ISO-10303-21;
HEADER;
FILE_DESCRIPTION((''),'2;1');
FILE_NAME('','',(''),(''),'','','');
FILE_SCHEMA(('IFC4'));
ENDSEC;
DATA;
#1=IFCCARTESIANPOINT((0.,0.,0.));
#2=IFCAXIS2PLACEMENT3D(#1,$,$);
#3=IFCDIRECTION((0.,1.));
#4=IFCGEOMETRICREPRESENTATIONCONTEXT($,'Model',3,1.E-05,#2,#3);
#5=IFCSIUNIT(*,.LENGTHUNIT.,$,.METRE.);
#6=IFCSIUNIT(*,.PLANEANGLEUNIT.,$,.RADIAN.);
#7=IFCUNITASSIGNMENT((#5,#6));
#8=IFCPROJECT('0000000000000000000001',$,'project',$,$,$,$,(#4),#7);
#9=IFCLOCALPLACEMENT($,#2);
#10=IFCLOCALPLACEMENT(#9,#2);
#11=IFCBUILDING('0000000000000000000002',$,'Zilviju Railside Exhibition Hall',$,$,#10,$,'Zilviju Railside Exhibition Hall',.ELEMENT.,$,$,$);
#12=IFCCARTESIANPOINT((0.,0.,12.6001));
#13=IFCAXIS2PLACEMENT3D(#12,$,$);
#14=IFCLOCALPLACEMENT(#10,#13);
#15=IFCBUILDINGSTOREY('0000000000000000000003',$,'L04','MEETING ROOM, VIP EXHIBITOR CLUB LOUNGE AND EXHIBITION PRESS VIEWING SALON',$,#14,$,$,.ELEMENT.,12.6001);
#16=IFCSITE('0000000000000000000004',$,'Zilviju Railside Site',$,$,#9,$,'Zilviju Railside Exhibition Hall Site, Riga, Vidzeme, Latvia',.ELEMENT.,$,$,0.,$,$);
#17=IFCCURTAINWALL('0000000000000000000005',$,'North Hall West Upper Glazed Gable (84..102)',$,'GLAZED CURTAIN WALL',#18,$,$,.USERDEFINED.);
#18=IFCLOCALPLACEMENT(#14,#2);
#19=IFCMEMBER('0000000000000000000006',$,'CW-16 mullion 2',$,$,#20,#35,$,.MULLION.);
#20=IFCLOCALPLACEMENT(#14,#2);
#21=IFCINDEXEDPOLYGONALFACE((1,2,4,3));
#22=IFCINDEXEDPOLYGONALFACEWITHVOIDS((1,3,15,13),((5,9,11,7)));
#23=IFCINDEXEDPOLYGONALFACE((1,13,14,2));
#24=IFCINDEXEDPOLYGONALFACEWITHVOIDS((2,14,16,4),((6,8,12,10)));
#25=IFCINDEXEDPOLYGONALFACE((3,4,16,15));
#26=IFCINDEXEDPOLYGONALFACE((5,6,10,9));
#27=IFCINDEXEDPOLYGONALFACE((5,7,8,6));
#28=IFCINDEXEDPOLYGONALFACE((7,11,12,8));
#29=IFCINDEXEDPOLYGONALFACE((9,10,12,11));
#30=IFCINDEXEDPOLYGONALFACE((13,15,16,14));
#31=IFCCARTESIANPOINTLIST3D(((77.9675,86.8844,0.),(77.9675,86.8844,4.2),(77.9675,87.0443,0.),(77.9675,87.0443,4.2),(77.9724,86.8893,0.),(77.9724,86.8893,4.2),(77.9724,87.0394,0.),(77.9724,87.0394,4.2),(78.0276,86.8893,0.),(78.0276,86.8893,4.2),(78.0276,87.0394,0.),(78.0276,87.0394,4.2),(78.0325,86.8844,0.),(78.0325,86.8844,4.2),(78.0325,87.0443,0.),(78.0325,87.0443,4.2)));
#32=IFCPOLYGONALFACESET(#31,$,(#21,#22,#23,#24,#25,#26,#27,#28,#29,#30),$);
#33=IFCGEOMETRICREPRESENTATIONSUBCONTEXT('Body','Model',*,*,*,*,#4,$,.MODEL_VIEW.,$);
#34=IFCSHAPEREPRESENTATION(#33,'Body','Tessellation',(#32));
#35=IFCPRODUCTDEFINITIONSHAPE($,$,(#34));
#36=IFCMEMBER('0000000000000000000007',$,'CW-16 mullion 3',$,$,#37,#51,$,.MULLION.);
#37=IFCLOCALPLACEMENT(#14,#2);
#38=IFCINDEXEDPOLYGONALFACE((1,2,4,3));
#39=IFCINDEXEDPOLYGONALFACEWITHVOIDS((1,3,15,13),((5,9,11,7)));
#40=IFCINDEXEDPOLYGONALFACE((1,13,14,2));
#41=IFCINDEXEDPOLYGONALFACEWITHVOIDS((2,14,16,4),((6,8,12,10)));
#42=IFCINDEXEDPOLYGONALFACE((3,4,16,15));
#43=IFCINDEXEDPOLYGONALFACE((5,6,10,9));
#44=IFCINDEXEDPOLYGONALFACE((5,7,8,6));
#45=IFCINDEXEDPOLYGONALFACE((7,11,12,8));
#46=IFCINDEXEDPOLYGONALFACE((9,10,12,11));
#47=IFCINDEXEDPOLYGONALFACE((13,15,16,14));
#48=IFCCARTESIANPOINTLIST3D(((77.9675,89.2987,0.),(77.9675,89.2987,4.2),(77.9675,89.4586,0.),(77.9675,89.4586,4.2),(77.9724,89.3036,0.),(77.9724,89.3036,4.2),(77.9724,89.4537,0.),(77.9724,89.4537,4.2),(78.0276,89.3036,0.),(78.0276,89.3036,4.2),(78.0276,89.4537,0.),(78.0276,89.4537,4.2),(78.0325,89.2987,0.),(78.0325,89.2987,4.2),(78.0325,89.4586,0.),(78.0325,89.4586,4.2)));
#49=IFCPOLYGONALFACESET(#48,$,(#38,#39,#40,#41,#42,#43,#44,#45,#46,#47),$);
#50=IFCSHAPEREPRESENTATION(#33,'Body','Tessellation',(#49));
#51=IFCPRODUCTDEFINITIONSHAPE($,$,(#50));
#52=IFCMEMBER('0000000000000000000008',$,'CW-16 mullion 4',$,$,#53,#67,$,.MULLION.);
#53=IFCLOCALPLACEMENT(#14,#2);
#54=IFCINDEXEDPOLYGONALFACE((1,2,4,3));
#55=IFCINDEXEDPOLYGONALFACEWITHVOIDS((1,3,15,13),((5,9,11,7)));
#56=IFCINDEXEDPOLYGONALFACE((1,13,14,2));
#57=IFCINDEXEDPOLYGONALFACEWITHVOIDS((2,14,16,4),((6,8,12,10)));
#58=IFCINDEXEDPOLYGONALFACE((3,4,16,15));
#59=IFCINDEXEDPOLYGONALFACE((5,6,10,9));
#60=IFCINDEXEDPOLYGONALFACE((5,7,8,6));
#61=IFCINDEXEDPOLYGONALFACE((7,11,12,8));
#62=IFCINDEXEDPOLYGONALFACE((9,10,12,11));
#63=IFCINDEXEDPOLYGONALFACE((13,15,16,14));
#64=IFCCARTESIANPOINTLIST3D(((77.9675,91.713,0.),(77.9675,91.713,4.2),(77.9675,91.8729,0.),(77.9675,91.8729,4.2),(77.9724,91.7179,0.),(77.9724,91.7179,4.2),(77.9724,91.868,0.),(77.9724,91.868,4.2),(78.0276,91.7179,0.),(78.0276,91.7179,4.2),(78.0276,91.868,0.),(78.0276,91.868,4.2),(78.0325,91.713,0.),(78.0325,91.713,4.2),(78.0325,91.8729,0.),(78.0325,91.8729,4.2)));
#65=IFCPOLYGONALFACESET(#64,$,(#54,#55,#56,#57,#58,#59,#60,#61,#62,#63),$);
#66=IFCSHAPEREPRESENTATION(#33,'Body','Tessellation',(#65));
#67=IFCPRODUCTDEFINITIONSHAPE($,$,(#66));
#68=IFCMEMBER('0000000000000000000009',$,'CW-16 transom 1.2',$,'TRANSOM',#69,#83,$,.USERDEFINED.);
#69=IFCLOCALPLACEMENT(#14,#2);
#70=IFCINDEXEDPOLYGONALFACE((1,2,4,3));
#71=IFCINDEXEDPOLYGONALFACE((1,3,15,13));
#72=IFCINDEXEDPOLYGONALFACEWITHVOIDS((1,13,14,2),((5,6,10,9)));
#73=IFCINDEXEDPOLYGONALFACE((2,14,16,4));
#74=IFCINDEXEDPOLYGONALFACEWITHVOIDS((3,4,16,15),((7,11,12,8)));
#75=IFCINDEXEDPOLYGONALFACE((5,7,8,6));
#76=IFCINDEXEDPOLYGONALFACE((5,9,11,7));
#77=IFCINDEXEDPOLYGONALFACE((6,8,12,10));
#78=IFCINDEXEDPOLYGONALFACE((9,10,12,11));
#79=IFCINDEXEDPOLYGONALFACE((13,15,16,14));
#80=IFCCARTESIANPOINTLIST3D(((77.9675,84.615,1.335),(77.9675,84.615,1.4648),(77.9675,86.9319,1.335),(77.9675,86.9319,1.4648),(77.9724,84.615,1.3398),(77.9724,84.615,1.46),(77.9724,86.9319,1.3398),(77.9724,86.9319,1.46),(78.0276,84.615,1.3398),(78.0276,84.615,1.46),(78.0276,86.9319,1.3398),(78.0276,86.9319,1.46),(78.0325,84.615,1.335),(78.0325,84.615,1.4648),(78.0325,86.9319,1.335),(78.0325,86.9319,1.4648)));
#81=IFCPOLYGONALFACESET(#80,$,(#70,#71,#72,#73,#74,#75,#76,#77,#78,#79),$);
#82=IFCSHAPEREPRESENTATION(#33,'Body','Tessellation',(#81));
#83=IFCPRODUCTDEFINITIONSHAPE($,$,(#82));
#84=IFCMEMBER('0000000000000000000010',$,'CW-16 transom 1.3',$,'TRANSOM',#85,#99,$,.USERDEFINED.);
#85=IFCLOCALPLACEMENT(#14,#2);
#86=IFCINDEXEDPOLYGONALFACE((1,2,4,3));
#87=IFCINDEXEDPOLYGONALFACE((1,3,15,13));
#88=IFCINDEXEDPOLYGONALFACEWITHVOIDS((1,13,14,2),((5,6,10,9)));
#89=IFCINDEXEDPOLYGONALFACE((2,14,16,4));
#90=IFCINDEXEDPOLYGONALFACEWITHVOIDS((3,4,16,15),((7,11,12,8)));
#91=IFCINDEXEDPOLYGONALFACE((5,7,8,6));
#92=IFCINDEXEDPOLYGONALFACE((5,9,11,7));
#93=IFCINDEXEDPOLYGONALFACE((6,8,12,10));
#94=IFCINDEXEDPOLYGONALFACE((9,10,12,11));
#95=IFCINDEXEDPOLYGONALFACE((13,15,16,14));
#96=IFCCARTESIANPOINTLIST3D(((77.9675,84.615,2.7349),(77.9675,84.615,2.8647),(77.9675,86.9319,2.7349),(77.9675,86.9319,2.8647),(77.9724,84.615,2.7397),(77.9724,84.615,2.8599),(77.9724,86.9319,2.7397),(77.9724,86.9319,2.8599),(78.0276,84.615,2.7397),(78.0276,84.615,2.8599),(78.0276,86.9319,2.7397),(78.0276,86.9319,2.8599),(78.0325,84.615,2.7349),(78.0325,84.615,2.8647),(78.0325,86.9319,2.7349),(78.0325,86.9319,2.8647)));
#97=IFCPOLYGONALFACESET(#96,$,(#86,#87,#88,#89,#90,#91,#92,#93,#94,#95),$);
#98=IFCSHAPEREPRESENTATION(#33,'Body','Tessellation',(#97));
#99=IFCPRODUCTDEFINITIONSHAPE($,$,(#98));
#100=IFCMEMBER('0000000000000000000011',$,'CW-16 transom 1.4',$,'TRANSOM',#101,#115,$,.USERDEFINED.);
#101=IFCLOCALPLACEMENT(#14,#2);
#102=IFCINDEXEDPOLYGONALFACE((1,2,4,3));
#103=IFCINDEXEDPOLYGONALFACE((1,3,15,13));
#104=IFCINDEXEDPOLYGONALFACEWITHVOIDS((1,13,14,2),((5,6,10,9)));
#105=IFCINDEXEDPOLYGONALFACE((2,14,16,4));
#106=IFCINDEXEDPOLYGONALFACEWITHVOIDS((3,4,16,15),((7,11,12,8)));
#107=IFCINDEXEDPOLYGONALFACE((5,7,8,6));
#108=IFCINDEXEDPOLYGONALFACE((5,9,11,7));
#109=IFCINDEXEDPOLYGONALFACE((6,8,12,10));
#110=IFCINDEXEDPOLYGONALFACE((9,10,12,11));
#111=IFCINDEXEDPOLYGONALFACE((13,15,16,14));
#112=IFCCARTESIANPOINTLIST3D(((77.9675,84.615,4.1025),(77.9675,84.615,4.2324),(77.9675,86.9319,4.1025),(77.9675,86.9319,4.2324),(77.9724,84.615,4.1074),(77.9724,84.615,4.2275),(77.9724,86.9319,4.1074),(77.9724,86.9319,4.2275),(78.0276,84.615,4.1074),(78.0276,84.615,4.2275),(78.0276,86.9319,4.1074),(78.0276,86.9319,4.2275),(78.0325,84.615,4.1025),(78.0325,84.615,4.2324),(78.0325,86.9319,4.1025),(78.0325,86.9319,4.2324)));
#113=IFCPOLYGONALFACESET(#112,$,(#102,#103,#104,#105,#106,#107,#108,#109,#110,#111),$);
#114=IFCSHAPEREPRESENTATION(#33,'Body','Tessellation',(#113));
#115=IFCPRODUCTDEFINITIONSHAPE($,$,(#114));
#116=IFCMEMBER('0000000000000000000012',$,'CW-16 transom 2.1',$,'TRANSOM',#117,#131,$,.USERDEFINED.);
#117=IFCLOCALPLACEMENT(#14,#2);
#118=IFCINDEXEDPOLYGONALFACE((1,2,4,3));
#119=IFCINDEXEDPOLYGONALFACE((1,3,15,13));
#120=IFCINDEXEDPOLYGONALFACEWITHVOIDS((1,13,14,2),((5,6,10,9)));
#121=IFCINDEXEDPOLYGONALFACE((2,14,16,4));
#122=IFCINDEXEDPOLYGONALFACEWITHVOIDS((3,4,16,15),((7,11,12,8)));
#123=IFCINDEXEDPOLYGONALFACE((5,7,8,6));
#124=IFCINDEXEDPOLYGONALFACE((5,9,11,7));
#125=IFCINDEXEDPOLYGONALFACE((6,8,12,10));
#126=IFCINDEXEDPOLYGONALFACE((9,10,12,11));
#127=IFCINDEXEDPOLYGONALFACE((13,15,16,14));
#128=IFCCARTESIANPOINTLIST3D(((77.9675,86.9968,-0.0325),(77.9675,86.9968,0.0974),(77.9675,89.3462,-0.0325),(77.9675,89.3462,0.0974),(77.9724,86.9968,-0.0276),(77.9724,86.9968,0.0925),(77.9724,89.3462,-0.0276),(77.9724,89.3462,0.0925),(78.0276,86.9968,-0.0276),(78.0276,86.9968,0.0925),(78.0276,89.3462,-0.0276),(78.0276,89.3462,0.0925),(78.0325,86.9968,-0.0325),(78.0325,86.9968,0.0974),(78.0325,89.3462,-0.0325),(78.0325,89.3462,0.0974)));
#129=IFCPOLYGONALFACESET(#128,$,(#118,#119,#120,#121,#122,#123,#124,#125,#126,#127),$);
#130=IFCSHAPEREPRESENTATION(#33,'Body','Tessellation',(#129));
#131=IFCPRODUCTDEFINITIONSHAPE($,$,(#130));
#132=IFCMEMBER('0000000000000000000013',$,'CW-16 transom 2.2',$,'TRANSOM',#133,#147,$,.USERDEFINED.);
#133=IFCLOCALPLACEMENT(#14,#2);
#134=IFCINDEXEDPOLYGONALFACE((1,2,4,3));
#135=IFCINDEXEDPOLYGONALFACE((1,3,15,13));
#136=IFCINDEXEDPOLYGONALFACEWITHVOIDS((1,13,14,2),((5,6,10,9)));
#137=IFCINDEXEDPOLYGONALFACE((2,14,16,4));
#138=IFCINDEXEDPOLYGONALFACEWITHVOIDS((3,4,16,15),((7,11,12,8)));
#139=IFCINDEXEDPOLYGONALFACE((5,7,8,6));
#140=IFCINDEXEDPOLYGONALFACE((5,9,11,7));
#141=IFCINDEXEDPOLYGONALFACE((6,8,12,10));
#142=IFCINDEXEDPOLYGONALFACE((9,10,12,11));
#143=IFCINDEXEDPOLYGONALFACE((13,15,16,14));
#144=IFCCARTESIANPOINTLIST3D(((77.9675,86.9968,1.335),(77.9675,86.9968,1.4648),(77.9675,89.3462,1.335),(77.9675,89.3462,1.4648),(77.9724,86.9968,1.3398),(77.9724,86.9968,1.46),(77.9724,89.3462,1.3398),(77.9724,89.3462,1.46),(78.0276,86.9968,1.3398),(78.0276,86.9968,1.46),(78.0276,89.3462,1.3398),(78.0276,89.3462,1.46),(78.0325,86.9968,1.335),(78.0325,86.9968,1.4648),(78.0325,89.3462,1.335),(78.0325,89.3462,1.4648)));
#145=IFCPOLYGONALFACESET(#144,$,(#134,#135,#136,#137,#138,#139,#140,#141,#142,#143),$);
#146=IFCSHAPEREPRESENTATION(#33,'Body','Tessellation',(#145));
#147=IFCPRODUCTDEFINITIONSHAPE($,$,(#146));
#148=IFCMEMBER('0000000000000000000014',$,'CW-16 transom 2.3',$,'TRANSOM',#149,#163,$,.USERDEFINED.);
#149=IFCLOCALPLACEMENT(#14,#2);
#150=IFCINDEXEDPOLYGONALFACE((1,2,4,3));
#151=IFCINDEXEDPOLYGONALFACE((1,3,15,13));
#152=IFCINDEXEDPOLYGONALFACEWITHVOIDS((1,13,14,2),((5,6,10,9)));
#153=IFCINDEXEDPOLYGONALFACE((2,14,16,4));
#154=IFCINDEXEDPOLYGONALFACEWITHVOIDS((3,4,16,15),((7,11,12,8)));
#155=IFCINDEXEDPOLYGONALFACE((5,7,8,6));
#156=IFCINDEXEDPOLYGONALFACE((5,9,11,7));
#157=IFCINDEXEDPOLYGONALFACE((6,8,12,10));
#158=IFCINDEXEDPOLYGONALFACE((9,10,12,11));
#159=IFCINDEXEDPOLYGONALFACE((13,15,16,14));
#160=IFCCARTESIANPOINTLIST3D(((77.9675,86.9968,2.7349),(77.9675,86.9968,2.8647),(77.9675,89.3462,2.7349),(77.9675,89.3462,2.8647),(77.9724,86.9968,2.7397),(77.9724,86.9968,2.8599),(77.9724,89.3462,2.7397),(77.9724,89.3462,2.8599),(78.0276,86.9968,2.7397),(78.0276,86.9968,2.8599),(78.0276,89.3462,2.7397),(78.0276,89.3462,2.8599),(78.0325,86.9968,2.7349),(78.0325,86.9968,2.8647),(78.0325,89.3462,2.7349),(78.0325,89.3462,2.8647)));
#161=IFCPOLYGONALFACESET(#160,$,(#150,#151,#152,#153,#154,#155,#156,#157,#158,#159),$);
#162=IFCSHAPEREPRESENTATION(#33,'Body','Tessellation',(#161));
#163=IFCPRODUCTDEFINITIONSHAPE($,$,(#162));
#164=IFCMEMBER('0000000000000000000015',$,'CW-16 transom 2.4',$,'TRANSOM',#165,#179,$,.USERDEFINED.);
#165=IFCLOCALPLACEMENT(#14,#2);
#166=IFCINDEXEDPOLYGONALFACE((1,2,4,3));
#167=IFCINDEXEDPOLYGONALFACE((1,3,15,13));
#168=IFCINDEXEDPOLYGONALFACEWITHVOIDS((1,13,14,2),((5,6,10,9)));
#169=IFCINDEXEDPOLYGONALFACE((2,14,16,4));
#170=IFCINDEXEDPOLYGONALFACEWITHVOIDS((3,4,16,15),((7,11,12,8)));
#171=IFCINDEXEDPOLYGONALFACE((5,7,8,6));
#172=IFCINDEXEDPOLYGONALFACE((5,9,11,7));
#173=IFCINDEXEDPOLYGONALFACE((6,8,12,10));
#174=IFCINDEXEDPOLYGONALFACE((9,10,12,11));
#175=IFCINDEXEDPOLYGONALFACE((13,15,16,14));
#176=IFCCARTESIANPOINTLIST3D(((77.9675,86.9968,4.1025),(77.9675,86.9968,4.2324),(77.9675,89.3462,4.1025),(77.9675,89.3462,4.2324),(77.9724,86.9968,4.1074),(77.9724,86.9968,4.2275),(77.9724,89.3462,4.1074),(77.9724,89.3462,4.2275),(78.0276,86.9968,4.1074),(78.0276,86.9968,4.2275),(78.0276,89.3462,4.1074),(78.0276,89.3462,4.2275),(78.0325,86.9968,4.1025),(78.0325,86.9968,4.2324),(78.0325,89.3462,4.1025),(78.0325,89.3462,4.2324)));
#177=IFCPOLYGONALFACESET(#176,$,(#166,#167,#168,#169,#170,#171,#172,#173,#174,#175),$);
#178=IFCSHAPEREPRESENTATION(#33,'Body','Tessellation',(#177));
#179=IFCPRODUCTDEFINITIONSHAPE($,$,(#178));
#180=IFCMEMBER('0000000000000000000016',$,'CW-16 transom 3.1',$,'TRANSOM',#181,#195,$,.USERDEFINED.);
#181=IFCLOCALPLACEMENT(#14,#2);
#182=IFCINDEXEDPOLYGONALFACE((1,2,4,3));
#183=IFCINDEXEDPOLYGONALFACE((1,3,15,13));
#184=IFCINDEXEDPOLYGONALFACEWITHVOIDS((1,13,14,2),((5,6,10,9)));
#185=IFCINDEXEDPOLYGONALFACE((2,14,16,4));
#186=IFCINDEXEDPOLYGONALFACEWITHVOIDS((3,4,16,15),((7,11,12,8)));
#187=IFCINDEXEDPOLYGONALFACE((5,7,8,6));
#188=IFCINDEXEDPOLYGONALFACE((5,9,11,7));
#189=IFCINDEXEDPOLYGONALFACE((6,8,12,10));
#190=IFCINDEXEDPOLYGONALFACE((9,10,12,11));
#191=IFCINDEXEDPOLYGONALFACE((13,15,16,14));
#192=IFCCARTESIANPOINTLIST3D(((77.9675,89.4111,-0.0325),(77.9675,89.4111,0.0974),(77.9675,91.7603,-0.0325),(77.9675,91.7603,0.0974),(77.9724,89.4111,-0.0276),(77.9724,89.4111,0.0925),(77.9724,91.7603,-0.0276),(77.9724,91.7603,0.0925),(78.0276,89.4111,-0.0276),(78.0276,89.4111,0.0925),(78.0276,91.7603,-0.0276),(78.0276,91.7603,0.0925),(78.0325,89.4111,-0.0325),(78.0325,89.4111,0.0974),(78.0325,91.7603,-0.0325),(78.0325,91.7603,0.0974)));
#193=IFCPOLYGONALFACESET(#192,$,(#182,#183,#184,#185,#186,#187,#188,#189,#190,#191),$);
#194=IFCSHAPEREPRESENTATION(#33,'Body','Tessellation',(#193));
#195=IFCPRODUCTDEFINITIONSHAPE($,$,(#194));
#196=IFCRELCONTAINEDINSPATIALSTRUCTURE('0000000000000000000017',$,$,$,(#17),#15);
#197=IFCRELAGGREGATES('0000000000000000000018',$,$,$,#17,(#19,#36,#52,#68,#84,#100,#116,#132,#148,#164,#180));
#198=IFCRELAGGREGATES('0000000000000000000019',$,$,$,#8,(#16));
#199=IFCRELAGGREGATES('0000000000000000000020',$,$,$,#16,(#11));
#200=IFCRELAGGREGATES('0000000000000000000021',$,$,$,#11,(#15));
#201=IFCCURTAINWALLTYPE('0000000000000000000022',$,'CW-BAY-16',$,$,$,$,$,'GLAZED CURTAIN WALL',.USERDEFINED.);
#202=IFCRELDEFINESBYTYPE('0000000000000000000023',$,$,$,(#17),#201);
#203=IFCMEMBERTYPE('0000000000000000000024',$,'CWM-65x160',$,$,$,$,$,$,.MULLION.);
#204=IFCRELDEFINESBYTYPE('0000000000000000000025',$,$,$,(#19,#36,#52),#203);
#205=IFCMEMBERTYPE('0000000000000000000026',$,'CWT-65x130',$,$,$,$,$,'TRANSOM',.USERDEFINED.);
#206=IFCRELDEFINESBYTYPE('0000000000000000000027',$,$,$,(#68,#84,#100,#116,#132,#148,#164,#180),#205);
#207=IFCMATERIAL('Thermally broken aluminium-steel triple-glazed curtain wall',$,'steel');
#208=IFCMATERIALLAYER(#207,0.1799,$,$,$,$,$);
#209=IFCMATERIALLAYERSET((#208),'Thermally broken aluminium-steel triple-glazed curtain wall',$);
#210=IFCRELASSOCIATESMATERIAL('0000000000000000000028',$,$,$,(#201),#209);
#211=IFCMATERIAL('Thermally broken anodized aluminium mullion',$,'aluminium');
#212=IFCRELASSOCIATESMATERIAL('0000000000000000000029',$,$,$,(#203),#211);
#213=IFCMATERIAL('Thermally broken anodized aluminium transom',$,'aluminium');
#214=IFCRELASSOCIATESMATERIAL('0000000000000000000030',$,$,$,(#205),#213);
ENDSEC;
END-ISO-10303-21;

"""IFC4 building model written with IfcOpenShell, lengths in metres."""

from ifc_helpers import new_model, si_unit, direction, frame, origin, origin_2d, place, context, subcontext, project, spatial, hollow_rectangle, extrude, material, layer, layer_set, material_profile, profile_set, type_object, element, aggregate, save


model = new_model("IFC4")

# Units and contexts
model_context = context("Model", 3, precision=1e-05, world=origin(), true_north=direction((0.0, 1.0)))
body_context = subcontext(model_context, "Body", "Model", "MODEL_VIEW")
ifc_project = project(units=[si_unit("LENGTHUNIT", "METRE"), si_unit("PLANEANGLEUNIT", "RADIAN")], contexts=[model_context])

# Site, building, storey
site_placement = place(None, origin())
site = spatial("IfcSite", under=ifc_project, at=site_placement, Name="Zilviju Railside Site", LongName="Zilviju Railside Exhibition Hall Site, Riga, Vidzeme, Latvia", CompositionType="ELEMENT", RefElevation=0.0)
building_placement = place(site_placement, origin())
building = spatial("IfcBuilding", under=site, at=building_placement, Name="Zilviju Railside Exhibition Hall", LongName="Zilviju Railside Exhibition Hall", CompositionType="ELEMENT")
storey_placement = place(building_placement, frame((0.0, 0.0, 12.6001)))
storey = spatial("IfcBuildingStorey", under=building, at=storey_placement, Name="L04", Description="MEETING ROOM, VIP EXHIBITOR CLUB LOUNGE AND EXHIBITION PRESS VIEWING SALON", CompositionType="ELEMENT", Elevation=12.6001)

# Curtain wall, members
ifc_material_1 = material(Name="Thermally broken aluminium-steel triple-glazed curtain wall", Category="steel")
ifc_layer_1 = layer(ifc_material_1, 0.1799)
ifc_layer_set_1 = layer_set([ifc_layer_1], Name="Thermally broken aluminium-steel triple-glazed curtain wall")
curtain_wall_type = type_object("IfcCurtainWallType", Name="CW-BAY-16", ElementType="GLAZED CURTAIN WALL", PredefinedType="USERDEFINED", material=ifc_layer_set_1)
curtain_wall_placement = place(storey_placement, origin())
curtain_wall = element("IfcCurtainWall", 1, at=curtain_wall_placement, inside=storey, type_object=curtain_wall_type, Name="North Hall West Upper Glazed Gable (84..102)", ObjectType="GLAZED CURTAIN WALL", PredefinedType="USERDEFINED")
ifc_material_2 = material(Name="Thermally broken anodized aluminium mullion", Category="aluminium")
ifc_material_profile_1 = material_profile(ifc_material_2, hollow_rectangle(XDim=0.0649, YDim=0.1599, WallThickness=0.0049, at=origin_2d()), Name="MULLION 160x65x5")
ifc_profile_set_1 = profile_set([ifc_material_profile_1], Name="Thermally broken anodized aluminium mullion")
member_type_1 = type_object("IfcMemberType", Name="CWM-65x160", PredefinedType="MULLION", material=ifc_profile_set_1)
member_1_placement = place(storey_placement, frame((78.0, 86.9644, 0.0), z_axis=(0.0, 0.0, 1.0), x_axis=(-1.0, 0.0, 0.0)))
member_1 = element("IfcMember", 2, at=member_1_placement, type_object=member_type_1, Name="CW-16 mullion 2", PredefinedType="MULLION", context=body_context, shape_type="SweptSolid", body=[
    extrude(hollow_rectangle(XDim=0.0649, YDim=0.1599, WallThickness=0.0049, at=origin_2d()), origin(), (0.0, 0.0, 1.0), 4.2),
])
member_2_placement = place(storey_placement, frame((78.0, 89.3787, 0.0), z_axis=(0.0, 0.0, 1.0), x_axis=(-1.0, 0.0, 0.0)))
member_2 = element("IfcMember", 3, at=member_2_placement, type_object=member_type_1, Name="CW-16 mullion 3", PredefinedType="MULLION", context=body_context, shape_type="SweptSolid", body=[
    extrude(hollow_rectangle(XDim=0.0649, YDim=0.1599, WallThickness=0.0049, at=origin_2d()), origin(), (0.0, 0.0, 1.0), 4.2),
])
member_3_placement = place(storey_placement, frame((78.0, 91.793, 0.0), z_axis=(0.0, 0.0, 1.0), x_axis=(-1.0, 0.0, 0.0)))
member_3 = element("IfcMember", 4, at=member_3_placement, type_object=member_type_1, Name="CW-16 mullion 4", PredefinedType="MULLION", context=body_context, shape_type="SweptSolid", body=[
    extrude(hollow_rectangle(XDim=0.0649, YDim=0.1599, WallThickness=0.0049, at=origin_2d()), origin(), (0.0, 0.0, 1.0), 4.2),
])
ifc_material_3 = material(Name="Thermally broken anodized aluminium transom", Category="aluminium")
ifc_material_profile_2 = material_profile(ifc_material_3, hollow_rectangle(XDim=0.0649, YDim=0.1299, WallThickness=0.0049, at=origin_2d()), Name="TRANSOM 130x65x5")
ifc_profile_set_2 = profile_set([ifc_material_profile_2], Name="Thermally broken anodized aluminium transom")
member_type_2 = type_object("IfcMemberType", Name="CWT-65x130", ElementType="TRANSOM", PredefinedType="USERDEFINED", material=ifc_profile_set_2)
member_4_placement = place(storey_placement, frame((78.0, 84.615, 1.3999), z_axis=(0.0, 1.0, 0.0), x_axis=(-1.0, 0.0, 0.0)))
member_4 = element("IfcMember", 5, at=member_4_placement, type_object=member_type_2, Name="CW-16 transom 1.2", ObjectType="TRANSOM", PredefinedType="USERDEFINED", context=body_context, shape_type="SweptSolid", body=[
    extrude(hollow_rectangle(XDim=0.0649, YDim=0.1299, WallThickness=0.0049, at=origin_2d()), origin(), (0.0, 0.0, 1.0), 2.3169),
])
member_5_placement = place(storey_placement, frame((78.0, 84.615, 2.7998), z_axis=(0.0, 1.0, 0.0), x_axis=(-1.0, 0.0, 0.0)))
member_5 = element("IfcMember", 6, at=member_5_placement, type_object=member_type_2, Name="CW-16 transom 1.3", ObjectType="TRANSOM", PredefinedType="USERDEFINED", context=body_context, shape_type="SweptSolid", body=[
    extrude(hollow_rectangle(XDim=0.0649, YDim=0.1299, WallThickness=0.0049, at=origin_2d()), origin(), (0.0, 0.0, 1.0), 2.3169),
])
member_6_placement = place(storey_placement, frame((78.0, 84.615, 4.1675), z_axis=(0.0, 1.0, 0.0), x_axis=(-1.0, 0.0, 0.0)))
member_6 = element("IfcMember", 7, at=member_6_placement, type_object=member_type_2, Name="CW-16 transom 1.4", ObjectType="TRANSOM", PredefinedType="USERDEFINED", context=body_context, shape_type="SweptSolid", body=[
    extrude(hollow_rectangle(XDim=0.0649, YDim=0.1299, WallThickness=0.0049, at=origin_2d()), origin(), (0.0, 0.0, 1.0), 2.3169),
])
member_7_placement = place(storey_placement, frame((78.0, 86.9968, 0.0325), z_axis=(0.0, 1.0, 0.0), x_axis=(-1.0, 0.0, 0.0)))
member_7 = element("IfcMember", 8, at=member_7_placement, type_object=member_type_2, Name="CW-16 transom 2.1", ObjectType="TRANSOM", PredefinedType="USERDEFINED", context=body_context, shape_type="SweptSolid", body=[
    extrude(hollow_rectangle(XDim=0.0649, YDim=0.1299, WallThickness=0.0049, at=origin_2d()), origin(), (0.0, 0.0, 1.0), 2.3494),
])
member_8_placement = place(storey_placement, frame((78.0, 86.9968, 1.3999), z_axis=(0.0, 1.0, 0.0), x_axis=(-1.0, 0.0, 0.0)))
member_8 = element("IfcMember", 9, at=member_8_placement, type_object=member_type_2, Name="CW-16 transom 2.2", ObjectType="TRANSOM", PredefinedType="USERDEFINED", context=body_context, shape_type="SweptSolid", body=[
    extrude(hollow_rectangle(XDim=0.0649, YDim=0.1299, WallThickness=0.0049, at=origin_2d()), origin(), (0.0, 0.0, 1.0), 2.3494),
])
member_9_placement = place(storey_placement, frame((78.0, 86.9968, 2.7998), z_axis=(0.0, 1.0, 0.0), x_axis=(-1.0, 0.0, 0.0)))
member_9 = element("IfcMember", 10, at=member_9_placement, type_object=member_type_2, Name="CW-16 transom 2.3", ObjectType="TRANSOM", PredefinedType="USERDEFINED", context=body_context, shape_type="SweptSolid", body=[
    extrude(hollow_rectangle(XDim=0.0649, YDim=0.1299, WallThickness=0.0049, at=origin_2d()), origin(), (0.0, 0.0, 1.0), 2.3494),
])
member_10_placement = place(storey_placement, frame((78.0, 86.9968, 4.1675), z_axis=(0.0, 1.0, 0.0), x_axis=(-1.0, 0.0, 0.0)))
member_10 = element("IfcMember", 11, at=member_10_placement, type_object=member_type_2, Name="CW-16 transom 2.4", ObjectType="TRANSOM", PredefinedType="USERDEFINED", context=body_context, shape_type="SweptSolid", body=[
    extrude(hollow_rectangle(XDim=0.0649, YDim=0.1299, WallThickness=0.0049, at=origin_2d()), origin(), (0.0, 0.0, 1.0), 2.3494),
])
member_11_placement = place(storey_placement, frame((78.0, 89.4111, 0.0325), z_axis=(0.0, 1.0, 0.0), x_axis=(-1.0, 0.0, 0.0)))
member_11 = element("IfcMember", 12, at=member_11_placement, type_object=member_type_2, Name="CW-16 transom 3.1", ObjectType="TRANSOM", PredefinedType="USERDEFINED", context=body_context, shape_type="SweptSolid", body=[
    extrude(hollow_rectangle(XDim=0.0649, YDim=0.1299, WallThickness=0.0049, at=origin_2d()), origin(), (0.0, 0.0, 1.0), 2.3491),
])
aggregate(curtain_wall, [member_1, member_2, member_3, member_4, member_5, member_6, member_7, member_8, member_9, member_10, member_11])

save(model, "model.ifc")
